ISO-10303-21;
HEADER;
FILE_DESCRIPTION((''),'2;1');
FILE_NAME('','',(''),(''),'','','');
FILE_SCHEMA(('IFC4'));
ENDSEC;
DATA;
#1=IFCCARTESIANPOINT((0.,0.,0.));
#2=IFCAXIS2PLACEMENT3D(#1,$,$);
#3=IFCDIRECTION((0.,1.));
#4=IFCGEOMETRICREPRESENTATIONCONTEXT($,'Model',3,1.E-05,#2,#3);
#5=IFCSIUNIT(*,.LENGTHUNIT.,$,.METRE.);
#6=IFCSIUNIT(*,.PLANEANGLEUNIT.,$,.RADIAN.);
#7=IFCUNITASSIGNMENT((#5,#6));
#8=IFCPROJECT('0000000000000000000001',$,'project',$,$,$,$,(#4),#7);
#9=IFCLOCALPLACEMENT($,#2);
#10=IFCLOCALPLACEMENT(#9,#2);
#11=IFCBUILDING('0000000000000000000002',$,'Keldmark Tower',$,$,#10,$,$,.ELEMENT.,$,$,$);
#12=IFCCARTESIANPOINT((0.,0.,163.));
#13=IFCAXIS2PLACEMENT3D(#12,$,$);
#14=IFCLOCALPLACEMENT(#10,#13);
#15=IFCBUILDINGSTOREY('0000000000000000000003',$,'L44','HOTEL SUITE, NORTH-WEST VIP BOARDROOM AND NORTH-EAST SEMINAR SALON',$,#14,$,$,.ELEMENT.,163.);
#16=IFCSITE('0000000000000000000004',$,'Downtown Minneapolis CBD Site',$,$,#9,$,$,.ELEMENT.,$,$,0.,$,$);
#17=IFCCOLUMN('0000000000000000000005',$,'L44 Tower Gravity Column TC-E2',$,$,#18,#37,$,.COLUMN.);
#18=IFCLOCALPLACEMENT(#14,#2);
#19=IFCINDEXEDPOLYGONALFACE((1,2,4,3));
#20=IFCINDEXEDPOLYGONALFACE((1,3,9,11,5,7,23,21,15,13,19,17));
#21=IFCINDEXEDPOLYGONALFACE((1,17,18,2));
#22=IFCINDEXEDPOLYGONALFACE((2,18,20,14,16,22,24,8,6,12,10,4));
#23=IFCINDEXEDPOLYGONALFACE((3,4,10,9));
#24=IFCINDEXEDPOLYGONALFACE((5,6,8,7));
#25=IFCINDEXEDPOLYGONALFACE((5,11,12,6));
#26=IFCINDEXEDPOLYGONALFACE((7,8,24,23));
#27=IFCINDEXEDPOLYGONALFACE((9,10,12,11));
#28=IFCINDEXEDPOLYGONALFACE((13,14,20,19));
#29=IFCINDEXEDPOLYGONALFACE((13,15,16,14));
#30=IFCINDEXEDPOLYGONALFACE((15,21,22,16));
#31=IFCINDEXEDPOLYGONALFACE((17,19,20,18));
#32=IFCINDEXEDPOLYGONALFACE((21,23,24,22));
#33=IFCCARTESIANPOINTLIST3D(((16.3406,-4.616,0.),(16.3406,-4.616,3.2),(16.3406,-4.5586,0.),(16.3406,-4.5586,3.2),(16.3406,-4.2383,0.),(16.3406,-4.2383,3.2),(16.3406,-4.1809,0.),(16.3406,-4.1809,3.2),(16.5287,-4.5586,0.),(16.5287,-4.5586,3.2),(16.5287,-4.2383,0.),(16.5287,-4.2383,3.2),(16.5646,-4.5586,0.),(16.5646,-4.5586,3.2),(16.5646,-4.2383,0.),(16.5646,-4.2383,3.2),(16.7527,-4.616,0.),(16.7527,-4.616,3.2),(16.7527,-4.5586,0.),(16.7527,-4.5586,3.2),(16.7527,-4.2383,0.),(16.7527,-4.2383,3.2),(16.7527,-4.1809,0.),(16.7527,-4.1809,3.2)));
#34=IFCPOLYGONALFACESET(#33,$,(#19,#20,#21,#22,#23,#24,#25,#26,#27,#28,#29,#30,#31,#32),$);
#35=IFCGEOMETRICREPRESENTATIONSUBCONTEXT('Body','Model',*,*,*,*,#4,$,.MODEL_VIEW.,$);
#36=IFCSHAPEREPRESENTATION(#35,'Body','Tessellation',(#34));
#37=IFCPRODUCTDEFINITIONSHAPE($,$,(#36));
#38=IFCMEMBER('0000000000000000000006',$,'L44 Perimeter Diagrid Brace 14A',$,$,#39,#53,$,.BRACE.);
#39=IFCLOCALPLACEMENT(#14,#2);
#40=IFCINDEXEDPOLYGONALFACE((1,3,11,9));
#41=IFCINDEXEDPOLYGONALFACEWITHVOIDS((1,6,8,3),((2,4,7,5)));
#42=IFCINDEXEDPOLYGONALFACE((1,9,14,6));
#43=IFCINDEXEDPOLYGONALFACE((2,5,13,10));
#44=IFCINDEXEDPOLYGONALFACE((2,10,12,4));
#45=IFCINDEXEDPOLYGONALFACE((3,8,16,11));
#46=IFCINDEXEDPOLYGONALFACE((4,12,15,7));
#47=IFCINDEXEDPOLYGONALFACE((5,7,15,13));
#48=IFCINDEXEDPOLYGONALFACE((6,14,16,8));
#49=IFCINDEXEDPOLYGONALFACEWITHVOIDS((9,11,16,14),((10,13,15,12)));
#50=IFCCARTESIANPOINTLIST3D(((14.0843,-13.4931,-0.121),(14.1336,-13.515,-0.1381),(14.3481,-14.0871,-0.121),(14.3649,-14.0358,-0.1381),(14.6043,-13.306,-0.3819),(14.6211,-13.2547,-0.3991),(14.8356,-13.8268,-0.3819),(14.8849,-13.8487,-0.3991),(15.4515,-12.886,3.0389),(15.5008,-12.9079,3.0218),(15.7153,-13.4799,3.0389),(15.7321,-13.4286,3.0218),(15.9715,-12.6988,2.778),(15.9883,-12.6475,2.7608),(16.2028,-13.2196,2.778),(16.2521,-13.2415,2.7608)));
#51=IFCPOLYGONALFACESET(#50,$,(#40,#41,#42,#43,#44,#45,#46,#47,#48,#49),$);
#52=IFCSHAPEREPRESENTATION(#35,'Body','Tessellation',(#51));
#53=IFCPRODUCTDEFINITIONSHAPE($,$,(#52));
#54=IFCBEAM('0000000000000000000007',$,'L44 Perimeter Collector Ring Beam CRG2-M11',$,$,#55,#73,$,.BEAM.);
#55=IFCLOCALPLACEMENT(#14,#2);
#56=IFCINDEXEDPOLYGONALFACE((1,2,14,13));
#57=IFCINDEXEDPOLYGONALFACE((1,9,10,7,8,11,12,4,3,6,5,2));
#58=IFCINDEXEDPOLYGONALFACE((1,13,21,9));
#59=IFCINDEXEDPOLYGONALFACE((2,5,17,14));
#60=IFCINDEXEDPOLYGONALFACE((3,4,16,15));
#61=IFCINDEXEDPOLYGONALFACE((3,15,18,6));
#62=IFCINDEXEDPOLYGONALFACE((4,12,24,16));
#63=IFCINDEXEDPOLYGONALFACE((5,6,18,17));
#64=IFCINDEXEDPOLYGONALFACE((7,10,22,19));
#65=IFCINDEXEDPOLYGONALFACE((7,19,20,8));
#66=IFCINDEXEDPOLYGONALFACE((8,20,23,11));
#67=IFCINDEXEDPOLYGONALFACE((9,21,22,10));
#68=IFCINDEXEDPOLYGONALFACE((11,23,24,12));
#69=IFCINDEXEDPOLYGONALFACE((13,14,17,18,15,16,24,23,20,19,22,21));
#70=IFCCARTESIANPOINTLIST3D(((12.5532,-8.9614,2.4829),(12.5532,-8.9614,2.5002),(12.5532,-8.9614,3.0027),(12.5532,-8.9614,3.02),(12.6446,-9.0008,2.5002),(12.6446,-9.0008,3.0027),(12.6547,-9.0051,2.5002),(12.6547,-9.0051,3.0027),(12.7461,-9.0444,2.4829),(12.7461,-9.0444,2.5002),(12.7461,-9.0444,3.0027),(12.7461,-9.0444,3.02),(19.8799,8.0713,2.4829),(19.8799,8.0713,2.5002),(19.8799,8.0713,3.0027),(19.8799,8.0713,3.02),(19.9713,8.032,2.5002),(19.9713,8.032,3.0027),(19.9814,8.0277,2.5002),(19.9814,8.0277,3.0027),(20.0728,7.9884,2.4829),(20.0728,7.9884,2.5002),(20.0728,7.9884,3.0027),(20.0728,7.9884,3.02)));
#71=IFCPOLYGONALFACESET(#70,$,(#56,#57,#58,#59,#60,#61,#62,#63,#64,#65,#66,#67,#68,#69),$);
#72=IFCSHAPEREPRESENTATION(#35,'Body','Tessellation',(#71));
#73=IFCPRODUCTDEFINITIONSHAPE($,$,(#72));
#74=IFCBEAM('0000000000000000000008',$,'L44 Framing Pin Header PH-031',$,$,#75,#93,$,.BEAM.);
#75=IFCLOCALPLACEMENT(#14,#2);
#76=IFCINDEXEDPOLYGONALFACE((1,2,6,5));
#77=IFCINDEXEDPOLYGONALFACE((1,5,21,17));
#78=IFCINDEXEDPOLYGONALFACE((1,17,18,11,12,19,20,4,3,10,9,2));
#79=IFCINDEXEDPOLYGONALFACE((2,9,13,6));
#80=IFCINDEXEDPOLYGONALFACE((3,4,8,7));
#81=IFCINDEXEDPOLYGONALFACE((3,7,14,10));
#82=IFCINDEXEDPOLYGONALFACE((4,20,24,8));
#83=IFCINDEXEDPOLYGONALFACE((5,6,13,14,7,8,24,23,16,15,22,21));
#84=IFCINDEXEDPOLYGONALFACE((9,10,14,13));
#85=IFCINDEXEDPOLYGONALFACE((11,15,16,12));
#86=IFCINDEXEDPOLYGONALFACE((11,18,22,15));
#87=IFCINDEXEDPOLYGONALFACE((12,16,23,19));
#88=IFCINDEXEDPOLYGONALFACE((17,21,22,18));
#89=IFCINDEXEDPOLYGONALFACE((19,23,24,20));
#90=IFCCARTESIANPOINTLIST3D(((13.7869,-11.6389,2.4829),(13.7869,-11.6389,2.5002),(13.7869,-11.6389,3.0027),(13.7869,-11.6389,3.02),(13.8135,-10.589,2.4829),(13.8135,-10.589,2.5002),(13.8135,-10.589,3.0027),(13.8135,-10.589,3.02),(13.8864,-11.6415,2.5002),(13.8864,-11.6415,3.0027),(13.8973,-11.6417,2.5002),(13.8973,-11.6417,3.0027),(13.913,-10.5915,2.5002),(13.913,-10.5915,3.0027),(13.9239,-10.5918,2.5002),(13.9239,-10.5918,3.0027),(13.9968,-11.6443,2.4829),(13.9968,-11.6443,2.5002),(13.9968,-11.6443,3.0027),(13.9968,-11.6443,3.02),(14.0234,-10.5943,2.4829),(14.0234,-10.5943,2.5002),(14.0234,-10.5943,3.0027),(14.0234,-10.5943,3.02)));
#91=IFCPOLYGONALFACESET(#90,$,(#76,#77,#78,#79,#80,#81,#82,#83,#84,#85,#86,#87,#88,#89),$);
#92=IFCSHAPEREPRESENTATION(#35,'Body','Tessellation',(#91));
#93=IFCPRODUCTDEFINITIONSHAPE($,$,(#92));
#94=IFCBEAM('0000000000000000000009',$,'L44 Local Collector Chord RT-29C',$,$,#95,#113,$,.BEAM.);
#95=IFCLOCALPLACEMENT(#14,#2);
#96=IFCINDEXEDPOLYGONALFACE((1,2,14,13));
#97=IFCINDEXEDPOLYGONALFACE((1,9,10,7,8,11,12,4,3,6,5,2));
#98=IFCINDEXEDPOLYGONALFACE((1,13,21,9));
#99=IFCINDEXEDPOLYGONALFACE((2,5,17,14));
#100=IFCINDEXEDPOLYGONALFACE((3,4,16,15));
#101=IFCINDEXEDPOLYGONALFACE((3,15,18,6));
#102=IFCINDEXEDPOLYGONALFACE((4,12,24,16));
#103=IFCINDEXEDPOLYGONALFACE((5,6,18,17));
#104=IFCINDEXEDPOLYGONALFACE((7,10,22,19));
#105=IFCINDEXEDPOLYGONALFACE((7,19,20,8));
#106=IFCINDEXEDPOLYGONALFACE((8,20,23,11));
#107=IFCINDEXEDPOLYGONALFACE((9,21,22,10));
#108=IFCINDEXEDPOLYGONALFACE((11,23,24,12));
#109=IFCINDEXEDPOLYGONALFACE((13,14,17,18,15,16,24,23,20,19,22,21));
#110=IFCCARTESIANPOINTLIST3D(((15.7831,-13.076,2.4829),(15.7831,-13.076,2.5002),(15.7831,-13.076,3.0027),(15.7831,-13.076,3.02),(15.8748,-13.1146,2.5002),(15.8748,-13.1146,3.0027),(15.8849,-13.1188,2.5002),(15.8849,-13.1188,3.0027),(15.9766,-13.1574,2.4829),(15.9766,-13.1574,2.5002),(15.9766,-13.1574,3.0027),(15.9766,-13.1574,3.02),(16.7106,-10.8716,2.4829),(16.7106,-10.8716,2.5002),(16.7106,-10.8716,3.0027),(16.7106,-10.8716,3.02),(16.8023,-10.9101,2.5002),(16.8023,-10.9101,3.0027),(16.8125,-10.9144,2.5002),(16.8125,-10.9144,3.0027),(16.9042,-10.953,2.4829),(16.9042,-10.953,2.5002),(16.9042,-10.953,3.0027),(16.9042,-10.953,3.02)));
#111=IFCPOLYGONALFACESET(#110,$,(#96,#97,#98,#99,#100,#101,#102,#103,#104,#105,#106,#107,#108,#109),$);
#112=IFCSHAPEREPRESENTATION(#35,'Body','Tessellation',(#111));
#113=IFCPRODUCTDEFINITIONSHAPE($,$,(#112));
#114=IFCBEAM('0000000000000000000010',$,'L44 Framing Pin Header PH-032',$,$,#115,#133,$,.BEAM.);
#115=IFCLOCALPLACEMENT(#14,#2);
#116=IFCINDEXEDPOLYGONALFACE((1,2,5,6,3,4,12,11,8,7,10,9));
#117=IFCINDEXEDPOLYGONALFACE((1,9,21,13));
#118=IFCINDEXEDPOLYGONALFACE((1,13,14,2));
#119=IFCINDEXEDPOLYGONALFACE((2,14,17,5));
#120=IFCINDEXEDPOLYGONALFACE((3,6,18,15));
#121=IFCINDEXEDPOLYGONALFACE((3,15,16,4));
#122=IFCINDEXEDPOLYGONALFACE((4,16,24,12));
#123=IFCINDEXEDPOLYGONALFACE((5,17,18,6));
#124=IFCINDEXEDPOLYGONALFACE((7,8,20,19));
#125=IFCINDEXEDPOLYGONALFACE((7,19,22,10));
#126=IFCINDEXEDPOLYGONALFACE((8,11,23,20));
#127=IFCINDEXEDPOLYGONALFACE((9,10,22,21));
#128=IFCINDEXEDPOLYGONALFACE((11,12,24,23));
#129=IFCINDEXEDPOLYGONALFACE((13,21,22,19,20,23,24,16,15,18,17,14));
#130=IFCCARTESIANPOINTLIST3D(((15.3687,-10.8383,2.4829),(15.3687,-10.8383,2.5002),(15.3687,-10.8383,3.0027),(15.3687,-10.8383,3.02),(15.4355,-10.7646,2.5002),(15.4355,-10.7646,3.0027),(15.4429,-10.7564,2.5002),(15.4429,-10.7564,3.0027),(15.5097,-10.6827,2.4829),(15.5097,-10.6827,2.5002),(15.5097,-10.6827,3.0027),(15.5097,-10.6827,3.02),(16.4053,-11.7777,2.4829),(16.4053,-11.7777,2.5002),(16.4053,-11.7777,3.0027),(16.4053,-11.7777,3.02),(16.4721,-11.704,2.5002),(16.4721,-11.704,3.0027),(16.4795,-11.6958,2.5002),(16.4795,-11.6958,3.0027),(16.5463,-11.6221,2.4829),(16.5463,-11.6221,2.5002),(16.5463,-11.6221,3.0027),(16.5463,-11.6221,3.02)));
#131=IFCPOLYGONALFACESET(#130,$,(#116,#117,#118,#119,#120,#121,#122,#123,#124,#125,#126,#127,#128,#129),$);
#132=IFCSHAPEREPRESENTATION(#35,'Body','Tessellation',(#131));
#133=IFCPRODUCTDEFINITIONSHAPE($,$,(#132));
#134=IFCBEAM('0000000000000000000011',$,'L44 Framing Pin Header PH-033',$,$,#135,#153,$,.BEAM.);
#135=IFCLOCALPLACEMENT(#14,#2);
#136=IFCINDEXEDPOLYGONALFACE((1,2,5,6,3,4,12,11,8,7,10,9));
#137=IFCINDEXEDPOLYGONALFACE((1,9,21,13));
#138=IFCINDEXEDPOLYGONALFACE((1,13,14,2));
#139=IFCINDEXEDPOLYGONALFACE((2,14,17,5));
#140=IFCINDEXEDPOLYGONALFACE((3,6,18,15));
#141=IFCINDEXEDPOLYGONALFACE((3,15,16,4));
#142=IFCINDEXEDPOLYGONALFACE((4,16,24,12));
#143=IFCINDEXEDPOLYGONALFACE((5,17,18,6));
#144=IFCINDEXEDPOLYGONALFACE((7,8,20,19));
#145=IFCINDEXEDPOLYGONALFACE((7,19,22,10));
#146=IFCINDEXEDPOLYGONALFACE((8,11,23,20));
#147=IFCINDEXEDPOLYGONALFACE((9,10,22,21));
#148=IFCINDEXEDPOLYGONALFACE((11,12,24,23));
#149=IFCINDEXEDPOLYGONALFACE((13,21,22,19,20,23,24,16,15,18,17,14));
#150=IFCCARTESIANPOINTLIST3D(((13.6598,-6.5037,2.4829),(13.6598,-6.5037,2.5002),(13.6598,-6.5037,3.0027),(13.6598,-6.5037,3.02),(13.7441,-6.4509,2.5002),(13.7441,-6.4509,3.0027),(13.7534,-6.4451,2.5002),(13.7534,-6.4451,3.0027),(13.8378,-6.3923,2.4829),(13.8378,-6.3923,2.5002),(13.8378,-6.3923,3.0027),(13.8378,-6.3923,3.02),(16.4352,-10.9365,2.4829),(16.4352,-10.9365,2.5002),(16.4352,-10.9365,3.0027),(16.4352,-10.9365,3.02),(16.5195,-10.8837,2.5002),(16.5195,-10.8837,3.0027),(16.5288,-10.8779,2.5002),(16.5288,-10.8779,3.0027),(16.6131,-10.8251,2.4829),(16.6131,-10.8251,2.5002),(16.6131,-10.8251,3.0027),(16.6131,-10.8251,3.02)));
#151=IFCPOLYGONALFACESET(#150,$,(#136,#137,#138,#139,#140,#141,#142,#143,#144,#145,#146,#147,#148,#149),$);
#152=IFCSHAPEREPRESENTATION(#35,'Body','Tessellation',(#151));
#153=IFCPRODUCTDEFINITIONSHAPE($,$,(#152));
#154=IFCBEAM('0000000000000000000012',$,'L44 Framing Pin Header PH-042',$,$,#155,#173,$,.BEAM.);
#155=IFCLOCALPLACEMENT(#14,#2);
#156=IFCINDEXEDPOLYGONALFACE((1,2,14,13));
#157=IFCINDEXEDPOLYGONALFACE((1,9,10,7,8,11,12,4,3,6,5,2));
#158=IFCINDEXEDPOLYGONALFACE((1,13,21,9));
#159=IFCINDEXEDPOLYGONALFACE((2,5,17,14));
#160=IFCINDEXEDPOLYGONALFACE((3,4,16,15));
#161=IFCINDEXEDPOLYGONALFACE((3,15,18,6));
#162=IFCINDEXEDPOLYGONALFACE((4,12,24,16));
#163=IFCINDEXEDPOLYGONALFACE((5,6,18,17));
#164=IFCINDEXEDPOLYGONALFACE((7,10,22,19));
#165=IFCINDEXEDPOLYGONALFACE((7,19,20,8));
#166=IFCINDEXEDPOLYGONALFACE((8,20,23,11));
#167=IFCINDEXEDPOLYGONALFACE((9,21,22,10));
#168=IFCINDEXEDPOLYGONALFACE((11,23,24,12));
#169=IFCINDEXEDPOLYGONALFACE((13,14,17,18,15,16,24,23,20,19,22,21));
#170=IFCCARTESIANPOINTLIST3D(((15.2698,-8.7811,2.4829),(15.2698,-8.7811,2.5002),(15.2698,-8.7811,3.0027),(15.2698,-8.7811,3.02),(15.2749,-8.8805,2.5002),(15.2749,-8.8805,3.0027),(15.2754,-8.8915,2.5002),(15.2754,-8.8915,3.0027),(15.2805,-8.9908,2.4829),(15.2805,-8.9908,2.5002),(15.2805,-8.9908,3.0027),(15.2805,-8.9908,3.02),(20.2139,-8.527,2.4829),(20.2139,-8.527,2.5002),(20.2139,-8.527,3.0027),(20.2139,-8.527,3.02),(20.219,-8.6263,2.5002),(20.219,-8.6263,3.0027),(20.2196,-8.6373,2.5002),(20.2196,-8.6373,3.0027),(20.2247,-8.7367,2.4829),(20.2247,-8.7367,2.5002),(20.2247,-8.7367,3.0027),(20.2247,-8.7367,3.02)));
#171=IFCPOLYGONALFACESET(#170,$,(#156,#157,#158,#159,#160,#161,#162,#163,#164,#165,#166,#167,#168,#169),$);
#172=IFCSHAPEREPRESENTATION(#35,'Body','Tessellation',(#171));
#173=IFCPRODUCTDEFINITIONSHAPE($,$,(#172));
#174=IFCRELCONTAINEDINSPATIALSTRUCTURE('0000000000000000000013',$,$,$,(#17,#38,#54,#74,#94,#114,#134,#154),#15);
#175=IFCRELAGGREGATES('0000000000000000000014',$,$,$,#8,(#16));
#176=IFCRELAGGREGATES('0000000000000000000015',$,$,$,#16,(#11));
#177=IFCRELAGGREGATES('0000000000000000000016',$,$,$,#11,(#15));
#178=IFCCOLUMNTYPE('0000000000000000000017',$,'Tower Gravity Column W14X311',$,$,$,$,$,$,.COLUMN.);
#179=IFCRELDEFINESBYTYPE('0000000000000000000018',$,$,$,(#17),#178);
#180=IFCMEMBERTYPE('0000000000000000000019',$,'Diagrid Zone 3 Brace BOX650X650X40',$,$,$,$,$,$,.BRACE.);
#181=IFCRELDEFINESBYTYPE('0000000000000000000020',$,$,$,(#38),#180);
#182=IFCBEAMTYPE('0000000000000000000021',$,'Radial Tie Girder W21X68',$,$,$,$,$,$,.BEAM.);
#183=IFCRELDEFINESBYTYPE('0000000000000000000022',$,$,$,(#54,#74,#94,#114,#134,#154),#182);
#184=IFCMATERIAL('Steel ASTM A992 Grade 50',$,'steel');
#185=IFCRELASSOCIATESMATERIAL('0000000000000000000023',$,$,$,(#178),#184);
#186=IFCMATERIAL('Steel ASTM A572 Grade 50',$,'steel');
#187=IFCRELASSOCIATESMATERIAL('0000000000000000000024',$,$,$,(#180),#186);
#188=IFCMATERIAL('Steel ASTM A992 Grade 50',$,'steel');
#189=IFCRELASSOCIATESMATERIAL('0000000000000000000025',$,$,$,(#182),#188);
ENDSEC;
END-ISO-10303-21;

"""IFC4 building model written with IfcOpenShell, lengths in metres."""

from ifc_helpers import new_model, si_unit, direction, frame, origin, origin_2d, place, context, subcontext, project, spatial, hollow_rectangle, i_section, extrude, material, material_profile, profile_set, type_object, element, save


model = new_model("IFC4")

# Units and contexts
model_context = context("Model", 3, precision=1e-05, world=origin(), true_north=direction((0.0, 1.0)))
body_context = subcontext(model_context, "Body", "Model", "MODEL_VIEW")
ifc_project = project(units=[si_unit("LENGTHUNIT", "METRE"), si_unit("PLANEANGLEUNIT", "RADIAN")], contexts=[model_context])

# Site, building, storey
site_placement = place(None, origin())
site = spatial("IfcSite", under=ifc_project, at=site_placement, Name="Downtown Minneapolis CBD Site", CompositionType="ELEMENT", RefElevation=0.0)
building_placement = place(site_placement, origin())
building = spatial("IfcBuilding", under=site, at=building_placement, Name="Keldmark Tower", CompositionType="ELEMENT")
storey_placement = place(building_placement, frame((0.0, 0.0, 163.0)))
storey = spatial("IfcBuildingStorey", under=building, at=storey_placement, Name="L44", Description="HOTEL SUITE, NORTH-WEST VIP BOARDROOM AND NORTH-EAST SEMINAR SALON", CompositionType="ELEMENT", Elevation=163.0)

# Column
ifc_material_1 = material(Name="Steel ASTM A992 Grade 50", Category="steel")
ifc_material_profile_1 = material_profile(ifc_material_1, i_section(OverallWidth=0.4121, OverallDepth=0.4351, WebThickness=0.0359, FlangeThickness=0.0574, at=origin_2d()), Name="W14X311")
ifc_profile_set_1 = profile_set([ifc_material_profile_1], Name="Steel ASTM A992 Grade 50")
column_type = type_object("IfcColumnType", Name="Tower Gravity Column W14X311", PredefinedType="COLUMN", material=ifc_profile_set_1)
column_placement = place(storey_placement, frame((16.5466, -4.3984, 0.0), z_axis=(0.0, 0.0, 1.0), x_axis=(1.0, 0.0, 0.0)))
element("IfcColumn", 1, at=column_placement, inside=storey, type_object=column_type, Name="L44 Tower Gravity Column TC-E2", PredefinedType="COLUMN", context=body_context, shape_type="SweptSolid", body=[
    extrude(i_section(OverallWidth=0.4121, OverallDepth=0.4351, WebThickness=0.0359, FlangeThickness=0.0574, at=origin_2d()), origin(), (0.0, 0.0, 1.0), 3.2),
])

# Member
ifc_material_2 = material(Name="Steel ASTM A572 Grade 50", Category="steel")
ifc_material_profile_2 = material_profile(ifc_material_2, hollow_rectangle(XDim=0.6499, YDim=0.6499, WallThickness=0.04, at=origin_2d()), Name="BOX650X650X40")
ifc_profile_set_2 = profile_set([ifc_material_profile_2], Name="Steel ASTM A572 Grade 50")
member_type = type_object("IfcMemberType", Name="Diagrid Zone 3 Brace BOX650X650X40", PredefinedType="BRACE", material=ifc_profile_set_2)
member_placement = place(storey_placement, frame((14.4846, -13.6709, -0.26), z_axis=(0.391058, 0.173671, 0.903832), x_axis=(-0.405881, 0.913926, 0.0)))
element("IfcMember", 2, at=member_placement, inside=storey, type_object=member_type, Name="L44 Perimeter Diagrid Brace 14A", PredefinedType="BRACE", context=body_context, shape_type="SweptSolid", body=[
    extrude(hollow_rectangle(XDim=0.6499, YDim=0.6499, WallThickness=0.04, at=origin_2d()), origin(), (0.0, 0.0, 1.0), 3.4961),
])

# Beams
ifc_material_3 = material(Name="Steel ASTM A992 Grade 50", Category="steel")
ifc_material_profile_3 = material_profile(ifc_material_3, i_section(OverallWidth=0.21, OverallDepth=0.5371, WebThickness=0.011, FlangeThickness=0.0173, at=origin_2d()), Name="W21X68")
ifc_profile_set_3 = profile_set([ifc_material_profile_3], Name="Steel ASTM A992 Grade 50")
beam_type_1 = type_object("IfcBeamType", Name="Radial Tie Girder W21X68", PredefinedType="BEAM", material=ifc_profile_set_3)
beam_1_placement = place(storey_placement, frame((12.6497, -9.0029, 2.7515), z_axis=(0.395146, 0.918618, 0.0), x_axis=(-0.918618, 0.395146, 0.0)))
element("IfcBeam", 3, at=beam_1_placement, inside=storey, type_object=beam_type_1, Name="L44 Perimeter Collector Ring Beam CRG2-M11", PredefinedType="BEAM", context=body_context, shape_type="SweptSolid", body=[
    extrude(i_section(OverallWidth=0.21, OverallDepth=0.5371, WebThickness=0.011, FlangeThickness=0.0173, at=origin_2d()), origin(), (0.0, 0.0, 1.0), 18.5417),
])
beam_2_placement = place(storey_placement, frame((13.8918, -11.6416, 2.7515), z_axis=(0.025335, 0.999679, 0.0), x_axis=(-0.999679, 0.025335, 0.0)))
element("IfcBeam", 4, at=beam_2_placement, inside=storey, type_object=beam_type_1, Name="L44 Framing Pin Header PH-031", PredefinedType="BEAM", context=body_context, shape_type="SweptSolid", body=[
    extrude(i_section(OverallWidth=0.21, OverallDepth=0.5371, WebThickness=0.011, FlangeThickness=0.0173, at=origin_2d()), origin(), (0.0, 0.0, 1.0), 1.0503),
])
beam_3_placement = place(storey_placement, frame((15.8799, -13.1167, 2.7515), z_axis=(0.387824, 0.921733, 0.0), x_axis=(-0.921733, 0.387824, 0.0)))
element("IfcBeam", 5, at=beam_3_placement, inside=storey, type_object=beam_type_1, Name="L44 Local Collector Chord RT-29C", PredefinedType="BEAM", context=body_context, shape_type="SweptSolid", body=[
    extrude(i_section(OverallWidth=0.21, OverallDepth=0.5371, WebThickness=0.011, FlangeThickness=0.0173, at=origin_2d()), origin(), (0.0, 0.0, 1.0), 2.3916),
])
beam_4_placement = place(storey_placement, frame((15.4392, -10.7605, 2.7515), z_axis=(0.740982, -0.671525, 0.0), x_axis=(0.671525, 0.740982, 0.0)))
element("IfcBeam", 6, at=beam_4_placement, inside=storey, type_object=beam_type_1, Name="L44 Framing Pin Header PH-032", PredefinedType="BEAM", context=body_context, shape_type="SweptSolid", body=[
    extrude(i_section(OverallWidth=0.21, OverallDepth=0.5371, WebThickness=0.011, FlangeThickness=0.0173, at=origin_2d()), origin(), (0.0, 0.0, 1.0), 1.3989),
])
beam_5_placement = place(storey_placement, frame((13.7488, -6.448, 2.7515), z_axis=(0.530666, -0.847581, 0.0), x_axis=(0.847581, 0.530666, 0.0)))
element("IfcBeam", 7, at=beam_5_placement, inside=storey, type_object=beam_type_1, Name="L44 Framing Pin Header PH-033", PredefinedType="BEAM", context=body_context, shape_type="SweptSolid", body=[
    extrude(i_section(OverallWidth=0.21, OverallDepth=0.5371, WebThickness=0.011, FlangeThickness=0.0173, at=origin_2d()), origin(), (0.0, 0.0, 1.0), 5.23),
])
beam_6_placement = place(storey_placement, frame((15.2751, -8.886, 2.7515), z_axis=(0.998681, 0.051337, 0.0), x_axis=(-0.051337, 0.998681, 0.0)))
element("IfcBeam", 8, at=beam_6_placement, inside=storey, type_object=beam_type_1, Name="L44 Framing Pin Header PH-042", PredefinedType="BEAM", context=body_context, shape_type="SweptSolid", body=[
    extrude(i_section(OverallWidth=0.21, OverallDepth=0.5371, WebThickness=0.011, FlangeThickness=0.0173, at=origin_2d()), origin(), (0.0, 0.0, 1.0), 4.9507),
])

save(model, "model.ifc")
